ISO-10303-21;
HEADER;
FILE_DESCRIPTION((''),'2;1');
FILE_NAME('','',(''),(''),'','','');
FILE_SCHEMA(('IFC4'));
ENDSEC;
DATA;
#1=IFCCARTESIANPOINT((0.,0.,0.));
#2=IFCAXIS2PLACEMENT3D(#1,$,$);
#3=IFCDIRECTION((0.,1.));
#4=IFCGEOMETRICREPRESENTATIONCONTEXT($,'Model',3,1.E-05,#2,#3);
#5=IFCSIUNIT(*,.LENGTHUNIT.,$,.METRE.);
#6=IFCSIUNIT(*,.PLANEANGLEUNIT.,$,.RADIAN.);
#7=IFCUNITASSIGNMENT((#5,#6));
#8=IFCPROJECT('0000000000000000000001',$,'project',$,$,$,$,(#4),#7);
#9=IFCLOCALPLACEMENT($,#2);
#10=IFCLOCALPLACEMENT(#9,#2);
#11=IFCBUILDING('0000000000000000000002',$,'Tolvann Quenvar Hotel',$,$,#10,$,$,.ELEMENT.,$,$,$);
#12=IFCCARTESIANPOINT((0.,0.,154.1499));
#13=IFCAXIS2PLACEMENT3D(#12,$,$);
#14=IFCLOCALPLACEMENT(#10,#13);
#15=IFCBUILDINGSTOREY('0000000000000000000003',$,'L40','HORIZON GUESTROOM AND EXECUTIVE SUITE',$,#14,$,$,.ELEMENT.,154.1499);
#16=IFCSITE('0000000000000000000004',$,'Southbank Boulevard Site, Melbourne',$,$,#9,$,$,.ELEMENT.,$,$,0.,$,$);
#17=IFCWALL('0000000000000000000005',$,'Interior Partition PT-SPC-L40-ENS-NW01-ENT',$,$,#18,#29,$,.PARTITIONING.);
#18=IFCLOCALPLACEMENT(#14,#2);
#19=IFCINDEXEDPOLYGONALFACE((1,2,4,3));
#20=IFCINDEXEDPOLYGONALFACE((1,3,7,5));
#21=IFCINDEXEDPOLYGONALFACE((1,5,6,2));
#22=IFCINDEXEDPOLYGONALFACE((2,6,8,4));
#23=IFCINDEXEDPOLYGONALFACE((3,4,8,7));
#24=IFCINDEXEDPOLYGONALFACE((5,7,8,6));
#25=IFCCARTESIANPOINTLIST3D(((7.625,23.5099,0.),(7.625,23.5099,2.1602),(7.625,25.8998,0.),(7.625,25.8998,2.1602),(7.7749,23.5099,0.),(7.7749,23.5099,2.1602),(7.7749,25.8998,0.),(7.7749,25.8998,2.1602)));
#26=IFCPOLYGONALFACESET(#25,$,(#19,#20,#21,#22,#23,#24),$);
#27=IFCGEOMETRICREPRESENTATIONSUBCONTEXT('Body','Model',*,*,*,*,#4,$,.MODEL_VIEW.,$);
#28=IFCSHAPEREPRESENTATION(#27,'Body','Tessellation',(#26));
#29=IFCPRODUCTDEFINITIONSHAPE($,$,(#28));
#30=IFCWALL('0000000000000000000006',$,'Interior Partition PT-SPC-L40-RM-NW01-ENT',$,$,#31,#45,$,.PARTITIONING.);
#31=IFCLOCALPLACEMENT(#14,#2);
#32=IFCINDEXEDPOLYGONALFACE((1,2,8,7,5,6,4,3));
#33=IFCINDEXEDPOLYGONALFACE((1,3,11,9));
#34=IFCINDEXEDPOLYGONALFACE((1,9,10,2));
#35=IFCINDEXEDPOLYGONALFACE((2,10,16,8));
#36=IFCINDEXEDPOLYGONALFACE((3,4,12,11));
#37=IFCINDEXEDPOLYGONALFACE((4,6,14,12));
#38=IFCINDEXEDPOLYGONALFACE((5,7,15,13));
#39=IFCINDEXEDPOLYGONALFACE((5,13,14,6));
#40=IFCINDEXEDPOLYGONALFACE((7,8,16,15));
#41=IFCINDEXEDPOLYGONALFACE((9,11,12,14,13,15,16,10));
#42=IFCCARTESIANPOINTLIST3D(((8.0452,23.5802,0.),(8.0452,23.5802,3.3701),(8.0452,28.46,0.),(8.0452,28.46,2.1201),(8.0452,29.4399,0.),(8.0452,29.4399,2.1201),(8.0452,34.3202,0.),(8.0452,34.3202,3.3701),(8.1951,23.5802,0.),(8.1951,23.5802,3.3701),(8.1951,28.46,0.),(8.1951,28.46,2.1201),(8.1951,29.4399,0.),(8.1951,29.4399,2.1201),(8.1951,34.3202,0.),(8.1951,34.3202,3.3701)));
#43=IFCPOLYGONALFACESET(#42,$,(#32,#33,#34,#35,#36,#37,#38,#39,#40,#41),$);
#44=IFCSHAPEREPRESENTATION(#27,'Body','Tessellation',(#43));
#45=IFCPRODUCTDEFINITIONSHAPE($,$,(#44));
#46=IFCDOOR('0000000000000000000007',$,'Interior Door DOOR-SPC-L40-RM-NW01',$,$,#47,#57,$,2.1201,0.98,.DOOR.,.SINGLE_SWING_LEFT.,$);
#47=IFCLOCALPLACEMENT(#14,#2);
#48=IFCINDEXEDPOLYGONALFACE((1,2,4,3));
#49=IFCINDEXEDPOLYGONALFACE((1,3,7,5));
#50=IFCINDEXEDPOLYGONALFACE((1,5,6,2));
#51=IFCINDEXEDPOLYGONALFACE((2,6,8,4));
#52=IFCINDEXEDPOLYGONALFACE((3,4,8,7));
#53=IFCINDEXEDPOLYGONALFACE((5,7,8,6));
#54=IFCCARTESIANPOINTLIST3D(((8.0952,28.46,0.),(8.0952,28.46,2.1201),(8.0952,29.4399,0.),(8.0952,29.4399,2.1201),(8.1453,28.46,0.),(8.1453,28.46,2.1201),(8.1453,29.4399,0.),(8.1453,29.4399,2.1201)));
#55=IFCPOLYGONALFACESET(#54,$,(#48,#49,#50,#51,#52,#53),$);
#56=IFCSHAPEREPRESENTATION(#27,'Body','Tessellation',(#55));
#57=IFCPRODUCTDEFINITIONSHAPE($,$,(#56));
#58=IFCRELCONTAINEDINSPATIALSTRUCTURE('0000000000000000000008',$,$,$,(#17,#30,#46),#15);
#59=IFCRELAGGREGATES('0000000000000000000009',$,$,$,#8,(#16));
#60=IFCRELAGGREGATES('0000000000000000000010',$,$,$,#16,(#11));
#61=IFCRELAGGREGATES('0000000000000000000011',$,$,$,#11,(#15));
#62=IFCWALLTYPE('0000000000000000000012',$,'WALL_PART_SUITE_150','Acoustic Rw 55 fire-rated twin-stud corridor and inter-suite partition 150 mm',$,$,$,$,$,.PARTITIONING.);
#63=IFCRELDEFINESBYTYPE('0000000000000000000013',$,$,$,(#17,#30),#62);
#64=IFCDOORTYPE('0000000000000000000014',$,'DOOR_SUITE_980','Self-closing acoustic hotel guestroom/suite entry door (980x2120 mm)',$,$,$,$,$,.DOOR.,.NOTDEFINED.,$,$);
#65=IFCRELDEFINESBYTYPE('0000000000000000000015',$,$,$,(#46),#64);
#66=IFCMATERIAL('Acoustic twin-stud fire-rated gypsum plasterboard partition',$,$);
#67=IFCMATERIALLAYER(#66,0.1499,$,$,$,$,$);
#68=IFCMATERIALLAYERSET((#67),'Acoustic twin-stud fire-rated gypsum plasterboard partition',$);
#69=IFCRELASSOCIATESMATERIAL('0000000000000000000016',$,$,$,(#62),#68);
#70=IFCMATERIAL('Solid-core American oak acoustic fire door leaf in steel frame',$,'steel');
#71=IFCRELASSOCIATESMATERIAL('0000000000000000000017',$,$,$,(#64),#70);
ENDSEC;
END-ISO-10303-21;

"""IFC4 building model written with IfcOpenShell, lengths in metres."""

from ifc_helpers import new_model, si_unit, direction, frame, frame_2d, origin, place, context, subcontext, project, spatial, rectangle, extrude, source, transform, mapped, material, layer, layer_set, type_object, type_shapes, element, fill, save


model = new_model("IFC4")

# Units and contexts
model_context = context("Model", 3, precision=1e-05, world=origin(), true_north=direction((0.0, 1.0)))
body_context = subcontext(model_context, "Body", "Model", "MODEL_VIEW")
ifc_project = project(units=[si_unit("LENGTHUNIT", "METRE"), si_unit("PLANEANGLEUNIT", "RADIAN")], contexts=[model_context])

# Site, building, storey
site_placement = place(None, origin())
site = spatial("IfcSite", under=ifc_project, at=site_placement, Name="Southbank Boulevard Site, Melbourne", CompositionType="ELEMENT", RefElevation=0.0)
building_placement = place(site_placement, origin())
building = spatial("IfcBuilding", under=site, at=building_placement, Name="Tolvann Quenvar Hotel", CompositionType="ELEMENT")
storey_placement = place(building_placement, frame((0.0, 0.0, 154.1499)))
storey = spatial("IfcBuildingStorey", under=building, at=storey_placement, Name="L40", Description="HORIZON GUESTROOM AND EXECUTIVE SUITE", CompositionType="ELEMENT", Elevation=154.1499)

# Shared definitions
ifc_material_1 = material(Name="Solid-core American oak acoustic fire door leaf in steel frame", Category="steel")

# Shared definitions
ifc_material_2 = material(Name="Acoustic twin-stud fire-rated gypsum plasterboard partition")

# Wall
ifc_layer_1 = layer(ifc_material_2, 0.1499)
ifc_layer_set_1 = layer_set([ifc_layer_1], Name="Acoustic twin-stud fire-rated gypsum plasterboard partition")
wall_type_1 = type_object("IfcWallType", Name="WALL_PART_SUITE_150", Description="Acoustic Rw 55 fire-rated twin-stud corridor and inter-suite partition 150 mm", PredefinedType="PARTITIONING", material=ifc_layer_set_1)
wall_1_placement = place(storey_placement, frame((7.7, 23.51, 0.0), z_axis=(0.0, 0.0, 1.0), x_axis=(0.0, 1.0, 0.0)))
element("IfcWall", 1, at=wall_1_placement, inside=storey, type_object=wall_type_1, Name="Interior Partition PT-SPC-L40-ENS-NW01-ENT", PredefinedType="PARTITIONING", context=body_context, shape_type="SweptSolid", body=[
    extrude(rectangle(XDim=2.3899, YDim=0.1499, at=frame_2d((1.1948, 0.0))), origin(), (0.0, 0.0, 1.0), 2.1602),
])

# Wall, opening, door
door_type_1 = type_object("IfcDoorType", Name="DOOR_SUITE_980", Description="Self-closing acoustic hotel guestroom/suite entry door (980x2120 mm)", OperationType="NOTDEFINED", PredefinedType="DOOR", material=ifc_material_1)
shared_shape_1 = source(origin(), body_context, "Body", "SweptSolid", [
    extrude(rectangle(XDim=0.98, YDim=2.1201, at=frame_2d((0.49, 1.0601))), frame((0.0, 0.0249, 0.0), z_axis=(0.0, -1.0, 0.0), x_axis=(1.0, 0.0, 0.0)), (0.0, 0.0, 1.0), 0.05),
])
type_shapes(door_type_1, [shared_shape_1])
wall_2_placement = place(storey_placement, frame((8.1201, 23.5801, 0.0), z_axis=(0.0, 0.0, 1.0), x_axis=(0.0, 1.0, 0.0)))
wall_2 = element("IfcWall", 2, at=wall_2_placement, inside=storey, type_object=wall_type_1, Name="Interior Partition PT-SPC-L40-RM-NW01-ENT", PredefinedType="PARTITIONING", context=body_context, shape_type="SweptSolid", body=[
    extrude(rectangle(XDim=10.74, YDim=0.1499, at=frame_2d((5.3701, 0.0))), origin(), (0.0, 0.0, 1.0), 3.3701),
])
opening_1_placement = place(wall_2_placement, frame((4.8799, 0.0, 0.0)))
opening_1 = element("IfcOpeningElement", 3, at=opening_1_placement, cuts=wall_2, PredefinedType="OPENING", context=body_context, shape_type="SweptSolid", body=[
    extrude(rectangle(XDim=0.98, YDim=2.1201, at=frame_2d((0.49, 1.0601))), frame((0.0, 0.085, 0.0), z_axis=(0.0, -1.0, 0.0), x_axis=(1.0, 0.0, 0.0)), (0.0, 0.0, 1.0), 0.1699),
])
door_1_placement = place(opening_1_placement, origin())
door_1 = element("IfcDoor", 4, at=door_1_placement, inside=storey, type_object=door_type_1, Name="Interior Door DOOR-SPC-L40-RM-NW01", OperationType="SINGLE_SWING_LEFT", OverallHeight=2.1201, OverallWidth=0.98, PredefinedType="DOOR", context=body_context, shape_type="MappedRepresentation", body=[
    mapped(shared_shape_1, transform((0.0, 0.0, 0.0), x_axis=(1.0, 0.0, 0.0), y_axis=(0.0, 1.0, 0.0), z_axis=(0.0, 0.0, 1.0), scale=1.0)),
])
fill(opening_1, door_1)

save(model, "model.ifc")
